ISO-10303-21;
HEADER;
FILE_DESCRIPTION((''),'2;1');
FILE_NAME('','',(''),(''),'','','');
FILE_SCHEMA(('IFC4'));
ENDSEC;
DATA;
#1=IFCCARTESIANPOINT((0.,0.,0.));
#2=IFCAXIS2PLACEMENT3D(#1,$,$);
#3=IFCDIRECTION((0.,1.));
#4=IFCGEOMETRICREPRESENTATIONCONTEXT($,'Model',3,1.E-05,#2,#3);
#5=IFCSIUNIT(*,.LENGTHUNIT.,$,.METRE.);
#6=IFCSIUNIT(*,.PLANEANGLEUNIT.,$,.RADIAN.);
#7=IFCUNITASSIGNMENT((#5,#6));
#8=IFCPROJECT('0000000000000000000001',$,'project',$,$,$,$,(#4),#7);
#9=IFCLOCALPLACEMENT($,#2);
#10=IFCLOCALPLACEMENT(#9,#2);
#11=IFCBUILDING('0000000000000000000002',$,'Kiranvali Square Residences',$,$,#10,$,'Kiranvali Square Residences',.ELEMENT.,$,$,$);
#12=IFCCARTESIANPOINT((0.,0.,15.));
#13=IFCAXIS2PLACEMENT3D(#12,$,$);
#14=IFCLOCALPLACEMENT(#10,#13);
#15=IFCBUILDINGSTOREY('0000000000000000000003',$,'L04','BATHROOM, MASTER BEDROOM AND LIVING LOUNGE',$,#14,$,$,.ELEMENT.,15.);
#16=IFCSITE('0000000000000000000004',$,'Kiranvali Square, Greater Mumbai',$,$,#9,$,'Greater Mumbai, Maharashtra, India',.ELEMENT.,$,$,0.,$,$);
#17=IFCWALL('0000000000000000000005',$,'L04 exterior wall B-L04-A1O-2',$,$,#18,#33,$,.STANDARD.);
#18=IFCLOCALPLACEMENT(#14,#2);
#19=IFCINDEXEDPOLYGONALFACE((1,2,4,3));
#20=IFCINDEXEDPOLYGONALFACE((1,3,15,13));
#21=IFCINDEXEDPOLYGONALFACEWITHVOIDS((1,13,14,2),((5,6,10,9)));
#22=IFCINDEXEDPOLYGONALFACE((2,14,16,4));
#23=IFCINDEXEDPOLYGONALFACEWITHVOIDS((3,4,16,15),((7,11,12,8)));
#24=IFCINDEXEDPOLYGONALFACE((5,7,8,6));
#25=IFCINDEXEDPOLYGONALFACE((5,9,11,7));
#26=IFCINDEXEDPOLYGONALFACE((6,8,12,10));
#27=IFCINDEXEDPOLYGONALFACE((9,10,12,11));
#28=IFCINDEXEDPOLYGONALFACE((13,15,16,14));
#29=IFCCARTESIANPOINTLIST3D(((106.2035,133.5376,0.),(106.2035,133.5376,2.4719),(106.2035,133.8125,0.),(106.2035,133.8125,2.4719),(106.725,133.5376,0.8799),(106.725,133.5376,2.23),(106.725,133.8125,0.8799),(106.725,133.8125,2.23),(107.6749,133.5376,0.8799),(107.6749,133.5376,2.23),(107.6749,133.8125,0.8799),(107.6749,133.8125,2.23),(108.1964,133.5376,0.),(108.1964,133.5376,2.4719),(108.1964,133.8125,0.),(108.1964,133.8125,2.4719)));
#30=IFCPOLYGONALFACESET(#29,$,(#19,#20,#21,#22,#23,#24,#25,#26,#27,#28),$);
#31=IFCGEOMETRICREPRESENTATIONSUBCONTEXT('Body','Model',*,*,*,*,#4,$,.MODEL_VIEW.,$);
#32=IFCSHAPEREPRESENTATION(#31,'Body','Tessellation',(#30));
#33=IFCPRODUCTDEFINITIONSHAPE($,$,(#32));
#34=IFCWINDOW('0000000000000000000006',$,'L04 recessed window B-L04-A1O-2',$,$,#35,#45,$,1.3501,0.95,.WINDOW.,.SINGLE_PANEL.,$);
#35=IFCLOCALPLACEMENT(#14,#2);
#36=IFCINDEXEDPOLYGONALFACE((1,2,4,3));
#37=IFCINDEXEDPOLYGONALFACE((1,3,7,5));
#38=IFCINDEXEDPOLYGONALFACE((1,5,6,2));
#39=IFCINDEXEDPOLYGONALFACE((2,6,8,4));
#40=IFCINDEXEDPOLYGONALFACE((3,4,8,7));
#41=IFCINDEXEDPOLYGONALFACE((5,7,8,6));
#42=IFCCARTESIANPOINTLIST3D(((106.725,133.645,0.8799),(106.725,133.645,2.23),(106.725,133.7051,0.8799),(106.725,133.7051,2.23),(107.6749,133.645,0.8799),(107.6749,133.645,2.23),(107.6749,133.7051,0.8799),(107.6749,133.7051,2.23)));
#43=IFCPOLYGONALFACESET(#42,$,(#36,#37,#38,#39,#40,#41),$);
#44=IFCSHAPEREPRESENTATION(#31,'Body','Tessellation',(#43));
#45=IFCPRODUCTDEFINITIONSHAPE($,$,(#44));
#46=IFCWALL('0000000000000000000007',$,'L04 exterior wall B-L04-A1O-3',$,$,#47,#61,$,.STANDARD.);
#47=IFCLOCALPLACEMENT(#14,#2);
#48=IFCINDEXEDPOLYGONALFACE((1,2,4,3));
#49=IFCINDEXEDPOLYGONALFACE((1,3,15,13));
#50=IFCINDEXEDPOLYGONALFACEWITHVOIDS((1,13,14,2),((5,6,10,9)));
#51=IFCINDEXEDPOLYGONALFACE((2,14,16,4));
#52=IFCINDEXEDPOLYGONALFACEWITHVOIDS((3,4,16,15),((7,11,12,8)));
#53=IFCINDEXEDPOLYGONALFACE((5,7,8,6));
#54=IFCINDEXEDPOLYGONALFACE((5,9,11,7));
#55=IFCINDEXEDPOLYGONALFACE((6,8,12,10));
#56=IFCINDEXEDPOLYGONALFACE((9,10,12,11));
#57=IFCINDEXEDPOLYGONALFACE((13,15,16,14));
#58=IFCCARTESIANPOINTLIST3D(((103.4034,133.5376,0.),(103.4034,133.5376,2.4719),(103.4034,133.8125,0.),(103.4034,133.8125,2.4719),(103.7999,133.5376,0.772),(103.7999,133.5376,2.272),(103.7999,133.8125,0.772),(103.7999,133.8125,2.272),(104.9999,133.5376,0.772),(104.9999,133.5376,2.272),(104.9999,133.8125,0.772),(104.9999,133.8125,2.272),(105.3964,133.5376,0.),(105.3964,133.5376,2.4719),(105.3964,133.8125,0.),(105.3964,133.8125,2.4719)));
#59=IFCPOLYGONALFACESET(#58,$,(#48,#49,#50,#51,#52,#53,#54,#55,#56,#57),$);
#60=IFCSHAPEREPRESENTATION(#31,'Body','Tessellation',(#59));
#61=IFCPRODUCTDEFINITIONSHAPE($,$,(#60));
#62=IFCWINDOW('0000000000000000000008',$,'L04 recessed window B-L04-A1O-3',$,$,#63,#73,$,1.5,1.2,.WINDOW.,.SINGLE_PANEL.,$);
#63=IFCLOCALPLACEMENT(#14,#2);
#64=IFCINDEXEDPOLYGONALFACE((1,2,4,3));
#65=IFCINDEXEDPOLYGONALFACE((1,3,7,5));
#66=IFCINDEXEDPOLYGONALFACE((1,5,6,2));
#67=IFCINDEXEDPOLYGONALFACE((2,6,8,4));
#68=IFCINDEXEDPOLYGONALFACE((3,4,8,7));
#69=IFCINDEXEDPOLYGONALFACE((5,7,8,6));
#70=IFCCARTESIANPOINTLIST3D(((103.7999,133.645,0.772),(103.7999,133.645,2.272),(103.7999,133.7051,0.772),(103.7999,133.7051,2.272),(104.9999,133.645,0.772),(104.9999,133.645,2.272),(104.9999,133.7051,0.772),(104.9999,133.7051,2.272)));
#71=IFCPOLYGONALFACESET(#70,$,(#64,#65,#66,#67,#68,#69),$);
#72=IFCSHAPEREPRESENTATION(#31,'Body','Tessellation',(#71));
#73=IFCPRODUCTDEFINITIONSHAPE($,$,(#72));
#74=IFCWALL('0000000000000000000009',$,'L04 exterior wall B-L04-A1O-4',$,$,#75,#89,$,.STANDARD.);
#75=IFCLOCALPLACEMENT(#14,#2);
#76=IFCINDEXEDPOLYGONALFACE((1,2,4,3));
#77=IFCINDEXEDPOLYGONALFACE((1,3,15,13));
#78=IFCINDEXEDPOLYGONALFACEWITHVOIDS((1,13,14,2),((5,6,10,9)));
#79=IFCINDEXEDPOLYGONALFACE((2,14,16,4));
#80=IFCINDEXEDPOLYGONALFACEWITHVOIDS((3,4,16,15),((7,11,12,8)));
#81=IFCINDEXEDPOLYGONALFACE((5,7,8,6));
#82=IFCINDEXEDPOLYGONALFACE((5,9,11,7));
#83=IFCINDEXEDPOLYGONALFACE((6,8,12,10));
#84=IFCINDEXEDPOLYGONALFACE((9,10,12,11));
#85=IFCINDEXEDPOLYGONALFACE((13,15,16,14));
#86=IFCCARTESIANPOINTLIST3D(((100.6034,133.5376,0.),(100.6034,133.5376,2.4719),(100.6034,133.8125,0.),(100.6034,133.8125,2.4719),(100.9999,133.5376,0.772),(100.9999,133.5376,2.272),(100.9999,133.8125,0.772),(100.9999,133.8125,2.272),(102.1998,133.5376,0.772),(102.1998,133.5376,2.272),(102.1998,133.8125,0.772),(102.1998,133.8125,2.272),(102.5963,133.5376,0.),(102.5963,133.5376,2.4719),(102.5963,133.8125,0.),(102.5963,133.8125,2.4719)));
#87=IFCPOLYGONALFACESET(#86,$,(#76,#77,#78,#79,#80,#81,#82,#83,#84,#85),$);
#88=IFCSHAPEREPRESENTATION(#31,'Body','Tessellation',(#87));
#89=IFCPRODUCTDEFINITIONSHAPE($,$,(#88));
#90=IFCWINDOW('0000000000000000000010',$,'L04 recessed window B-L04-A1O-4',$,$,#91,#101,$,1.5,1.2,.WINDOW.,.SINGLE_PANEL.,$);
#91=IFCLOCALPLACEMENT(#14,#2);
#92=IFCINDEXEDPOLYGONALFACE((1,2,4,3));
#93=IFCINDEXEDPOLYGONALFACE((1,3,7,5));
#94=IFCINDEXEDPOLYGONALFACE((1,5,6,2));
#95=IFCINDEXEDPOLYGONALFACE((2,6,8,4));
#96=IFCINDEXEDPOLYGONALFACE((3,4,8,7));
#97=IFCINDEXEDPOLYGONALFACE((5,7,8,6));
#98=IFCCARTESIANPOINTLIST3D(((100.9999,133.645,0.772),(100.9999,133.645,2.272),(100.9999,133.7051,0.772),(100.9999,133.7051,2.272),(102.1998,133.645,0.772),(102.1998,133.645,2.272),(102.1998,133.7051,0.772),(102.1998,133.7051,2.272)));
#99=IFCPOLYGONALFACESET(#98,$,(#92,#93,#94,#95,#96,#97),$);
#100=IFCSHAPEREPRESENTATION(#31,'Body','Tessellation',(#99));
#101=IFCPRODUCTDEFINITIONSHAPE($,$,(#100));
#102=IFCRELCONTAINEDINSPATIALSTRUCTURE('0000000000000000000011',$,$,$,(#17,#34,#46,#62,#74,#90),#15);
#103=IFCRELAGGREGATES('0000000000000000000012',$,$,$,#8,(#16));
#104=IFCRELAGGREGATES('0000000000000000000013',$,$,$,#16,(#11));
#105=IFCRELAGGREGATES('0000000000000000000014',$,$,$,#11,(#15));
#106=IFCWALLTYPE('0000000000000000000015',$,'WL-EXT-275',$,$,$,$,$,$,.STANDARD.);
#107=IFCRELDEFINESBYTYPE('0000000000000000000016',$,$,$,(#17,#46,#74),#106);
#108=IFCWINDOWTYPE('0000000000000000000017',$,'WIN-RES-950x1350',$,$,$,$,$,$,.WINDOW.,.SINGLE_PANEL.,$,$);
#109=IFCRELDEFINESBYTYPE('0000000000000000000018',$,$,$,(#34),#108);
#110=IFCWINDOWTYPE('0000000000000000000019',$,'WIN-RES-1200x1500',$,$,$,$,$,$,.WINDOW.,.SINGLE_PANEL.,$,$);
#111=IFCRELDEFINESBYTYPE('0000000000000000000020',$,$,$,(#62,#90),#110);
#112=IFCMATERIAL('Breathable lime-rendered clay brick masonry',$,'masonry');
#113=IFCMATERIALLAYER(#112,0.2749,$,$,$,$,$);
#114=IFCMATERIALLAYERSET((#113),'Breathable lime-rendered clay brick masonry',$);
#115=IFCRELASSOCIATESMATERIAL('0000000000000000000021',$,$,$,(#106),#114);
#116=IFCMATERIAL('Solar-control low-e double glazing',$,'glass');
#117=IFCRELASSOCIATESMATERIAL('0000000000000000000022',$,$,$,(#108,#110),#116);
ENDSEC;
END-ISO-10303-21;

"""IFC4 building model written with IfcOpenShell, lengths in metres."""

from ifc_helpers import new_model, si_unit, direction, frame, frame_2d, origin, place, context, subcontext, project, spatial, rectangle, extrude, material, layer, layer_set, type_object, element, fill, save


model = new_model("IFC4")

# Units and contexts
model_context = context("Model", 3, precision=1e-05, world=origin(), true_north=direction((0.0, 1.0)))
body_context = subcontext(model_context, "Body", "Model", "MODEL_VIEW")
ifc_project = project(units=[si_unit("LENGTHUNIT", "METRE"), si_unit("PLANEANGLEUNIT", "RADIAN")], contexts=[model_context])

# Site, building, storey
site_placement = place(None, origin())
site = spatial("IfcSite", under=ifc_project, at=site_placement, Name="Kiranvali Square, Greater Mumbai", LongName="Greater Mumbai, Maharashtra, India", CompositionType="ELEMENT", RefElevation=0.0)
building_placement = place(site_placement, origin())
building = spatial("IfcBuilding", under=site, at=building_placement, Name="Kiranvali Square Residences", LongName="Kiranvali Square Residences", CompositionType="ELEMENT")
storey_placement = place(building_placement, frame((0.0, 0.0, 15.0)))
storey = spatial("IfcBuildingStorey", under=building, at=storey_placement, Name="L04", Description="BATHROOM, MASTER BEDROOM AND LIVING LOUNGE", CompositionType="ELEMENT", Elevation=15.0)

# Walls, openings, windows
ifc_material_1 = material(Name="Breathable lime-rendered clay brick masonry", Category="masonry")
ifc_layer = layer(ifc_material_1, 0.2749)
ifc_layer_set = layer_set([ifc_layer], Name="Breathable lime-rendered clay brick masonry")
wall_type = type_object("IfcWallType", Name="WL-EXT-275", PredefinedType="STANDARD", material=ifc_layer_set)
wall_1_placement = place(storey_placement, frame((108.1965, 133.675, 0.0), z_axis=(0.0, 0.0, 1.0), x_axis=(-1.0, 0.0, 0.0)))
wall_1 = element("IfcWall", 1, at=wall_1_placement, inside=storey, type_object=wall_type, Name="L04 exterior wall B-L04-A1O-2", PredefinedType="STANDARD", context=body_context, shape_type="SweptSolid", body=[
    extrude(rectangle(XDim=1.9929, YDim=0.2749, at=frame_2d((0.9966, 0.0))), origin(), (0.0, 0.0, 1.0), 2.4719),
])
opening_1_placement = place(wall_1_placement, frame((0.5215, 0.0, 0.8799)))
opening_1 = element("IfcOpeningElement", 2, at=opening_1_placement, cuts=wall_1, PredefinedType="OPENING", context=body_context, shape_type="SweptSolid", body=[
    extrude(rectangle(XDim=0.95, YDim=1.3501, at=frame_2d((0.4751, 0.675))), frame((0.0, 0.1475, 0.0), z_axis=(0.0, -1.0, 0.0), x_axis=(1.0, 0.0, 0.0)), (0.0, 0.0, 1.0), 0.2949),
])
ifc_material_2 = material(Name="Solar-control low-e double glazing", Category="glass")
window_type_1 = type_object("IfcWindowType", Name="WIN-RES-950x1350", PartitioningType="SINGLE_PANEL", PredefinedType="WINDOW", material=ifc_material_2)
window_1_placement = place(opening_1_placement, origin())
window_1 = element("IfcWindow", 3, at=window_1_placement, inside=storey, type_object=window_type_1, Name="L04 recessed window B-L04-A1O-2", OverallHeight=1.3501, OverallWidth=0.95, PartitioningType="SINGLE_PANEL", PredefinedType="WINDOW", context=body_context, shape_type="SweptSolid", body=[
    extrude(rectangle(XDim=0.95, YDim=1.3501, at=frame_2d((0.4751, 0.675))), frame((0.0, 0.03, 0.0), z_axis=(0.0, -1.0, 0.0), x_axis=(1.0, 0.0, 0.0)), (0.0, 0.0, 1.0), 0.0601),
])
fill(opening_1, window_1)
wall_2_placement = place(storey_placement, frame((105.3965, 133.675, 0.0), z_axis=(0.0, 0.0, 1.0), x_axis=(-1.0, 0.0, 0.0)))
wall_2 = element("IfcWall", 4, at=wall_2_placement, inside=storey, type_object=wall_type, Name="L04 exterior wall B-L04-A1O-3", PredefinedType="STANDARD", context=body_context, shape_type="SweptSolid", body=[
    extrude(rectangle(XDim=1.9929, YDim=0.2749, at=frame_2d((0.9966, 0.0))), origin(), (0.0, 0.0, 1.0), 2.4719),
])
opening_2_placement = place(wall_2_placement, frame((0.3965, 0.0, 0.772)))
opening_2 = element("IfcOpeningElement", 5, at=opening_2_placement, cuts=wall_2, PredefinedType="OPENING", context=body_context, shape_type="SweptSolid", body=[
    extrude(rectangle(XDim=1.2, YDim=1.5, at=frame_2d((0.6001, 0.75))), frame((0.0, 0.1475, 0.0), z_axis=(0.0, -1.0, 0.0), x_axis=(1.0, 0.0, 0.0)), (0.0, 0.0, 1.0), 0.2949),
])
window_type_2 = type_object("IfcWindowType", Name="WIN-RES-1200x1500", PartitioningType="SINGLE_PANEL", PredefinedType="WINDOW", material=ifc_material_2)
window_2_placement = place(opening_2_placement, origin())
window_2 = element("IfcWindow", 6, at=window_2_placement, inside=storey, type_object=window_type_2, Name="L04 recessed window B-L04-A1O-3", OverallHeight=1.5, OverallWidth=1.2, PartitioningType="SINGLE_PANEL", PredefinedType="WINDOW", context=body_context, shape_type="SweptSolid", body=[
    extrude(rectangle(XDim=1.2, YDim=1.5, at=frame_2d((0.6001, 0.75))), frame((0.0, 0.03, 0.0), z_axis=(0.0, -1.0, 0.0), x_axis=(1.0, 0.0, 0.0)), (0.0, 0.0, 1.0), 0.0601),
])
fill(opening_2, window_2)
wall_3_placement = place(storey_placement, frame((102.5964, 133.675, 0.0), z_axis=(0.0, 0.0, 1.0), x_axis=(-1.0, 0.0, 0.0)))
wall_3 = element("IfcWall", 7, at=wall_3_placement, inside=storey, type_object=wall_type, Name="L04 exterior wall B-L04-A1O-4", PredefinedType="STANDARD", context=body_context, shape_type="SweptSolid", body=[
    extrude(rectangle(XDim=1.9929, YDim=0.2749, at=frame_2d((0.9966, 0.0))), origin(), (0.0, 0.0, 1.0), 2.4719),
])
opening_3_placement = place(wall_3_placement, frame((0.3965, 0.0, 0.772)))
opening_3 = element("IfcOpeningElement", 8, at=opening_3_placement, cuts=wall_3, PredefinedType="OPENING", context=body_context, shape_type="SweptSolid", body=[
    extrude(rectangle(XDim=1.2, YDim=1.5, at=frame_2d((0.6001, 0.75))), frame((0.0, 0.1475, 0.0), z_axis=(0.0, -1.0, 0.0), x_axis=(1.0, 0.0, 0.0)), (0.0, 0.0, 1.0), 0.2949),
])
window_3_placement = place(opening_3_placement, origin())
window_3 = element("IfcWindow", 9, at=window_3_placement, inside=storey, type_object=window_type_2, Name="L04 recessed window B-L04-A1O-4", OverallHeight=1.5, OverallWidth=1.2, PartitioningType="SINGLE_PANEL", PredefinedType="WINDOW", context=body_context, shape_type="SweptSolid", body=[
    extrude(rectangle(XDim=1.2, YDim=1.5, at=frame_2d((0.6001, 0.75))), frame((0.0, 0.03, 0.0), z_axis=(0.0, -1.0, 0.0), x_axis=(1.0, 0.0, 0.0)), (0.0, 0.0, 1.0), 0.0601),
])
fill(opening_3, window_3)

save(model, "model.ifc")
